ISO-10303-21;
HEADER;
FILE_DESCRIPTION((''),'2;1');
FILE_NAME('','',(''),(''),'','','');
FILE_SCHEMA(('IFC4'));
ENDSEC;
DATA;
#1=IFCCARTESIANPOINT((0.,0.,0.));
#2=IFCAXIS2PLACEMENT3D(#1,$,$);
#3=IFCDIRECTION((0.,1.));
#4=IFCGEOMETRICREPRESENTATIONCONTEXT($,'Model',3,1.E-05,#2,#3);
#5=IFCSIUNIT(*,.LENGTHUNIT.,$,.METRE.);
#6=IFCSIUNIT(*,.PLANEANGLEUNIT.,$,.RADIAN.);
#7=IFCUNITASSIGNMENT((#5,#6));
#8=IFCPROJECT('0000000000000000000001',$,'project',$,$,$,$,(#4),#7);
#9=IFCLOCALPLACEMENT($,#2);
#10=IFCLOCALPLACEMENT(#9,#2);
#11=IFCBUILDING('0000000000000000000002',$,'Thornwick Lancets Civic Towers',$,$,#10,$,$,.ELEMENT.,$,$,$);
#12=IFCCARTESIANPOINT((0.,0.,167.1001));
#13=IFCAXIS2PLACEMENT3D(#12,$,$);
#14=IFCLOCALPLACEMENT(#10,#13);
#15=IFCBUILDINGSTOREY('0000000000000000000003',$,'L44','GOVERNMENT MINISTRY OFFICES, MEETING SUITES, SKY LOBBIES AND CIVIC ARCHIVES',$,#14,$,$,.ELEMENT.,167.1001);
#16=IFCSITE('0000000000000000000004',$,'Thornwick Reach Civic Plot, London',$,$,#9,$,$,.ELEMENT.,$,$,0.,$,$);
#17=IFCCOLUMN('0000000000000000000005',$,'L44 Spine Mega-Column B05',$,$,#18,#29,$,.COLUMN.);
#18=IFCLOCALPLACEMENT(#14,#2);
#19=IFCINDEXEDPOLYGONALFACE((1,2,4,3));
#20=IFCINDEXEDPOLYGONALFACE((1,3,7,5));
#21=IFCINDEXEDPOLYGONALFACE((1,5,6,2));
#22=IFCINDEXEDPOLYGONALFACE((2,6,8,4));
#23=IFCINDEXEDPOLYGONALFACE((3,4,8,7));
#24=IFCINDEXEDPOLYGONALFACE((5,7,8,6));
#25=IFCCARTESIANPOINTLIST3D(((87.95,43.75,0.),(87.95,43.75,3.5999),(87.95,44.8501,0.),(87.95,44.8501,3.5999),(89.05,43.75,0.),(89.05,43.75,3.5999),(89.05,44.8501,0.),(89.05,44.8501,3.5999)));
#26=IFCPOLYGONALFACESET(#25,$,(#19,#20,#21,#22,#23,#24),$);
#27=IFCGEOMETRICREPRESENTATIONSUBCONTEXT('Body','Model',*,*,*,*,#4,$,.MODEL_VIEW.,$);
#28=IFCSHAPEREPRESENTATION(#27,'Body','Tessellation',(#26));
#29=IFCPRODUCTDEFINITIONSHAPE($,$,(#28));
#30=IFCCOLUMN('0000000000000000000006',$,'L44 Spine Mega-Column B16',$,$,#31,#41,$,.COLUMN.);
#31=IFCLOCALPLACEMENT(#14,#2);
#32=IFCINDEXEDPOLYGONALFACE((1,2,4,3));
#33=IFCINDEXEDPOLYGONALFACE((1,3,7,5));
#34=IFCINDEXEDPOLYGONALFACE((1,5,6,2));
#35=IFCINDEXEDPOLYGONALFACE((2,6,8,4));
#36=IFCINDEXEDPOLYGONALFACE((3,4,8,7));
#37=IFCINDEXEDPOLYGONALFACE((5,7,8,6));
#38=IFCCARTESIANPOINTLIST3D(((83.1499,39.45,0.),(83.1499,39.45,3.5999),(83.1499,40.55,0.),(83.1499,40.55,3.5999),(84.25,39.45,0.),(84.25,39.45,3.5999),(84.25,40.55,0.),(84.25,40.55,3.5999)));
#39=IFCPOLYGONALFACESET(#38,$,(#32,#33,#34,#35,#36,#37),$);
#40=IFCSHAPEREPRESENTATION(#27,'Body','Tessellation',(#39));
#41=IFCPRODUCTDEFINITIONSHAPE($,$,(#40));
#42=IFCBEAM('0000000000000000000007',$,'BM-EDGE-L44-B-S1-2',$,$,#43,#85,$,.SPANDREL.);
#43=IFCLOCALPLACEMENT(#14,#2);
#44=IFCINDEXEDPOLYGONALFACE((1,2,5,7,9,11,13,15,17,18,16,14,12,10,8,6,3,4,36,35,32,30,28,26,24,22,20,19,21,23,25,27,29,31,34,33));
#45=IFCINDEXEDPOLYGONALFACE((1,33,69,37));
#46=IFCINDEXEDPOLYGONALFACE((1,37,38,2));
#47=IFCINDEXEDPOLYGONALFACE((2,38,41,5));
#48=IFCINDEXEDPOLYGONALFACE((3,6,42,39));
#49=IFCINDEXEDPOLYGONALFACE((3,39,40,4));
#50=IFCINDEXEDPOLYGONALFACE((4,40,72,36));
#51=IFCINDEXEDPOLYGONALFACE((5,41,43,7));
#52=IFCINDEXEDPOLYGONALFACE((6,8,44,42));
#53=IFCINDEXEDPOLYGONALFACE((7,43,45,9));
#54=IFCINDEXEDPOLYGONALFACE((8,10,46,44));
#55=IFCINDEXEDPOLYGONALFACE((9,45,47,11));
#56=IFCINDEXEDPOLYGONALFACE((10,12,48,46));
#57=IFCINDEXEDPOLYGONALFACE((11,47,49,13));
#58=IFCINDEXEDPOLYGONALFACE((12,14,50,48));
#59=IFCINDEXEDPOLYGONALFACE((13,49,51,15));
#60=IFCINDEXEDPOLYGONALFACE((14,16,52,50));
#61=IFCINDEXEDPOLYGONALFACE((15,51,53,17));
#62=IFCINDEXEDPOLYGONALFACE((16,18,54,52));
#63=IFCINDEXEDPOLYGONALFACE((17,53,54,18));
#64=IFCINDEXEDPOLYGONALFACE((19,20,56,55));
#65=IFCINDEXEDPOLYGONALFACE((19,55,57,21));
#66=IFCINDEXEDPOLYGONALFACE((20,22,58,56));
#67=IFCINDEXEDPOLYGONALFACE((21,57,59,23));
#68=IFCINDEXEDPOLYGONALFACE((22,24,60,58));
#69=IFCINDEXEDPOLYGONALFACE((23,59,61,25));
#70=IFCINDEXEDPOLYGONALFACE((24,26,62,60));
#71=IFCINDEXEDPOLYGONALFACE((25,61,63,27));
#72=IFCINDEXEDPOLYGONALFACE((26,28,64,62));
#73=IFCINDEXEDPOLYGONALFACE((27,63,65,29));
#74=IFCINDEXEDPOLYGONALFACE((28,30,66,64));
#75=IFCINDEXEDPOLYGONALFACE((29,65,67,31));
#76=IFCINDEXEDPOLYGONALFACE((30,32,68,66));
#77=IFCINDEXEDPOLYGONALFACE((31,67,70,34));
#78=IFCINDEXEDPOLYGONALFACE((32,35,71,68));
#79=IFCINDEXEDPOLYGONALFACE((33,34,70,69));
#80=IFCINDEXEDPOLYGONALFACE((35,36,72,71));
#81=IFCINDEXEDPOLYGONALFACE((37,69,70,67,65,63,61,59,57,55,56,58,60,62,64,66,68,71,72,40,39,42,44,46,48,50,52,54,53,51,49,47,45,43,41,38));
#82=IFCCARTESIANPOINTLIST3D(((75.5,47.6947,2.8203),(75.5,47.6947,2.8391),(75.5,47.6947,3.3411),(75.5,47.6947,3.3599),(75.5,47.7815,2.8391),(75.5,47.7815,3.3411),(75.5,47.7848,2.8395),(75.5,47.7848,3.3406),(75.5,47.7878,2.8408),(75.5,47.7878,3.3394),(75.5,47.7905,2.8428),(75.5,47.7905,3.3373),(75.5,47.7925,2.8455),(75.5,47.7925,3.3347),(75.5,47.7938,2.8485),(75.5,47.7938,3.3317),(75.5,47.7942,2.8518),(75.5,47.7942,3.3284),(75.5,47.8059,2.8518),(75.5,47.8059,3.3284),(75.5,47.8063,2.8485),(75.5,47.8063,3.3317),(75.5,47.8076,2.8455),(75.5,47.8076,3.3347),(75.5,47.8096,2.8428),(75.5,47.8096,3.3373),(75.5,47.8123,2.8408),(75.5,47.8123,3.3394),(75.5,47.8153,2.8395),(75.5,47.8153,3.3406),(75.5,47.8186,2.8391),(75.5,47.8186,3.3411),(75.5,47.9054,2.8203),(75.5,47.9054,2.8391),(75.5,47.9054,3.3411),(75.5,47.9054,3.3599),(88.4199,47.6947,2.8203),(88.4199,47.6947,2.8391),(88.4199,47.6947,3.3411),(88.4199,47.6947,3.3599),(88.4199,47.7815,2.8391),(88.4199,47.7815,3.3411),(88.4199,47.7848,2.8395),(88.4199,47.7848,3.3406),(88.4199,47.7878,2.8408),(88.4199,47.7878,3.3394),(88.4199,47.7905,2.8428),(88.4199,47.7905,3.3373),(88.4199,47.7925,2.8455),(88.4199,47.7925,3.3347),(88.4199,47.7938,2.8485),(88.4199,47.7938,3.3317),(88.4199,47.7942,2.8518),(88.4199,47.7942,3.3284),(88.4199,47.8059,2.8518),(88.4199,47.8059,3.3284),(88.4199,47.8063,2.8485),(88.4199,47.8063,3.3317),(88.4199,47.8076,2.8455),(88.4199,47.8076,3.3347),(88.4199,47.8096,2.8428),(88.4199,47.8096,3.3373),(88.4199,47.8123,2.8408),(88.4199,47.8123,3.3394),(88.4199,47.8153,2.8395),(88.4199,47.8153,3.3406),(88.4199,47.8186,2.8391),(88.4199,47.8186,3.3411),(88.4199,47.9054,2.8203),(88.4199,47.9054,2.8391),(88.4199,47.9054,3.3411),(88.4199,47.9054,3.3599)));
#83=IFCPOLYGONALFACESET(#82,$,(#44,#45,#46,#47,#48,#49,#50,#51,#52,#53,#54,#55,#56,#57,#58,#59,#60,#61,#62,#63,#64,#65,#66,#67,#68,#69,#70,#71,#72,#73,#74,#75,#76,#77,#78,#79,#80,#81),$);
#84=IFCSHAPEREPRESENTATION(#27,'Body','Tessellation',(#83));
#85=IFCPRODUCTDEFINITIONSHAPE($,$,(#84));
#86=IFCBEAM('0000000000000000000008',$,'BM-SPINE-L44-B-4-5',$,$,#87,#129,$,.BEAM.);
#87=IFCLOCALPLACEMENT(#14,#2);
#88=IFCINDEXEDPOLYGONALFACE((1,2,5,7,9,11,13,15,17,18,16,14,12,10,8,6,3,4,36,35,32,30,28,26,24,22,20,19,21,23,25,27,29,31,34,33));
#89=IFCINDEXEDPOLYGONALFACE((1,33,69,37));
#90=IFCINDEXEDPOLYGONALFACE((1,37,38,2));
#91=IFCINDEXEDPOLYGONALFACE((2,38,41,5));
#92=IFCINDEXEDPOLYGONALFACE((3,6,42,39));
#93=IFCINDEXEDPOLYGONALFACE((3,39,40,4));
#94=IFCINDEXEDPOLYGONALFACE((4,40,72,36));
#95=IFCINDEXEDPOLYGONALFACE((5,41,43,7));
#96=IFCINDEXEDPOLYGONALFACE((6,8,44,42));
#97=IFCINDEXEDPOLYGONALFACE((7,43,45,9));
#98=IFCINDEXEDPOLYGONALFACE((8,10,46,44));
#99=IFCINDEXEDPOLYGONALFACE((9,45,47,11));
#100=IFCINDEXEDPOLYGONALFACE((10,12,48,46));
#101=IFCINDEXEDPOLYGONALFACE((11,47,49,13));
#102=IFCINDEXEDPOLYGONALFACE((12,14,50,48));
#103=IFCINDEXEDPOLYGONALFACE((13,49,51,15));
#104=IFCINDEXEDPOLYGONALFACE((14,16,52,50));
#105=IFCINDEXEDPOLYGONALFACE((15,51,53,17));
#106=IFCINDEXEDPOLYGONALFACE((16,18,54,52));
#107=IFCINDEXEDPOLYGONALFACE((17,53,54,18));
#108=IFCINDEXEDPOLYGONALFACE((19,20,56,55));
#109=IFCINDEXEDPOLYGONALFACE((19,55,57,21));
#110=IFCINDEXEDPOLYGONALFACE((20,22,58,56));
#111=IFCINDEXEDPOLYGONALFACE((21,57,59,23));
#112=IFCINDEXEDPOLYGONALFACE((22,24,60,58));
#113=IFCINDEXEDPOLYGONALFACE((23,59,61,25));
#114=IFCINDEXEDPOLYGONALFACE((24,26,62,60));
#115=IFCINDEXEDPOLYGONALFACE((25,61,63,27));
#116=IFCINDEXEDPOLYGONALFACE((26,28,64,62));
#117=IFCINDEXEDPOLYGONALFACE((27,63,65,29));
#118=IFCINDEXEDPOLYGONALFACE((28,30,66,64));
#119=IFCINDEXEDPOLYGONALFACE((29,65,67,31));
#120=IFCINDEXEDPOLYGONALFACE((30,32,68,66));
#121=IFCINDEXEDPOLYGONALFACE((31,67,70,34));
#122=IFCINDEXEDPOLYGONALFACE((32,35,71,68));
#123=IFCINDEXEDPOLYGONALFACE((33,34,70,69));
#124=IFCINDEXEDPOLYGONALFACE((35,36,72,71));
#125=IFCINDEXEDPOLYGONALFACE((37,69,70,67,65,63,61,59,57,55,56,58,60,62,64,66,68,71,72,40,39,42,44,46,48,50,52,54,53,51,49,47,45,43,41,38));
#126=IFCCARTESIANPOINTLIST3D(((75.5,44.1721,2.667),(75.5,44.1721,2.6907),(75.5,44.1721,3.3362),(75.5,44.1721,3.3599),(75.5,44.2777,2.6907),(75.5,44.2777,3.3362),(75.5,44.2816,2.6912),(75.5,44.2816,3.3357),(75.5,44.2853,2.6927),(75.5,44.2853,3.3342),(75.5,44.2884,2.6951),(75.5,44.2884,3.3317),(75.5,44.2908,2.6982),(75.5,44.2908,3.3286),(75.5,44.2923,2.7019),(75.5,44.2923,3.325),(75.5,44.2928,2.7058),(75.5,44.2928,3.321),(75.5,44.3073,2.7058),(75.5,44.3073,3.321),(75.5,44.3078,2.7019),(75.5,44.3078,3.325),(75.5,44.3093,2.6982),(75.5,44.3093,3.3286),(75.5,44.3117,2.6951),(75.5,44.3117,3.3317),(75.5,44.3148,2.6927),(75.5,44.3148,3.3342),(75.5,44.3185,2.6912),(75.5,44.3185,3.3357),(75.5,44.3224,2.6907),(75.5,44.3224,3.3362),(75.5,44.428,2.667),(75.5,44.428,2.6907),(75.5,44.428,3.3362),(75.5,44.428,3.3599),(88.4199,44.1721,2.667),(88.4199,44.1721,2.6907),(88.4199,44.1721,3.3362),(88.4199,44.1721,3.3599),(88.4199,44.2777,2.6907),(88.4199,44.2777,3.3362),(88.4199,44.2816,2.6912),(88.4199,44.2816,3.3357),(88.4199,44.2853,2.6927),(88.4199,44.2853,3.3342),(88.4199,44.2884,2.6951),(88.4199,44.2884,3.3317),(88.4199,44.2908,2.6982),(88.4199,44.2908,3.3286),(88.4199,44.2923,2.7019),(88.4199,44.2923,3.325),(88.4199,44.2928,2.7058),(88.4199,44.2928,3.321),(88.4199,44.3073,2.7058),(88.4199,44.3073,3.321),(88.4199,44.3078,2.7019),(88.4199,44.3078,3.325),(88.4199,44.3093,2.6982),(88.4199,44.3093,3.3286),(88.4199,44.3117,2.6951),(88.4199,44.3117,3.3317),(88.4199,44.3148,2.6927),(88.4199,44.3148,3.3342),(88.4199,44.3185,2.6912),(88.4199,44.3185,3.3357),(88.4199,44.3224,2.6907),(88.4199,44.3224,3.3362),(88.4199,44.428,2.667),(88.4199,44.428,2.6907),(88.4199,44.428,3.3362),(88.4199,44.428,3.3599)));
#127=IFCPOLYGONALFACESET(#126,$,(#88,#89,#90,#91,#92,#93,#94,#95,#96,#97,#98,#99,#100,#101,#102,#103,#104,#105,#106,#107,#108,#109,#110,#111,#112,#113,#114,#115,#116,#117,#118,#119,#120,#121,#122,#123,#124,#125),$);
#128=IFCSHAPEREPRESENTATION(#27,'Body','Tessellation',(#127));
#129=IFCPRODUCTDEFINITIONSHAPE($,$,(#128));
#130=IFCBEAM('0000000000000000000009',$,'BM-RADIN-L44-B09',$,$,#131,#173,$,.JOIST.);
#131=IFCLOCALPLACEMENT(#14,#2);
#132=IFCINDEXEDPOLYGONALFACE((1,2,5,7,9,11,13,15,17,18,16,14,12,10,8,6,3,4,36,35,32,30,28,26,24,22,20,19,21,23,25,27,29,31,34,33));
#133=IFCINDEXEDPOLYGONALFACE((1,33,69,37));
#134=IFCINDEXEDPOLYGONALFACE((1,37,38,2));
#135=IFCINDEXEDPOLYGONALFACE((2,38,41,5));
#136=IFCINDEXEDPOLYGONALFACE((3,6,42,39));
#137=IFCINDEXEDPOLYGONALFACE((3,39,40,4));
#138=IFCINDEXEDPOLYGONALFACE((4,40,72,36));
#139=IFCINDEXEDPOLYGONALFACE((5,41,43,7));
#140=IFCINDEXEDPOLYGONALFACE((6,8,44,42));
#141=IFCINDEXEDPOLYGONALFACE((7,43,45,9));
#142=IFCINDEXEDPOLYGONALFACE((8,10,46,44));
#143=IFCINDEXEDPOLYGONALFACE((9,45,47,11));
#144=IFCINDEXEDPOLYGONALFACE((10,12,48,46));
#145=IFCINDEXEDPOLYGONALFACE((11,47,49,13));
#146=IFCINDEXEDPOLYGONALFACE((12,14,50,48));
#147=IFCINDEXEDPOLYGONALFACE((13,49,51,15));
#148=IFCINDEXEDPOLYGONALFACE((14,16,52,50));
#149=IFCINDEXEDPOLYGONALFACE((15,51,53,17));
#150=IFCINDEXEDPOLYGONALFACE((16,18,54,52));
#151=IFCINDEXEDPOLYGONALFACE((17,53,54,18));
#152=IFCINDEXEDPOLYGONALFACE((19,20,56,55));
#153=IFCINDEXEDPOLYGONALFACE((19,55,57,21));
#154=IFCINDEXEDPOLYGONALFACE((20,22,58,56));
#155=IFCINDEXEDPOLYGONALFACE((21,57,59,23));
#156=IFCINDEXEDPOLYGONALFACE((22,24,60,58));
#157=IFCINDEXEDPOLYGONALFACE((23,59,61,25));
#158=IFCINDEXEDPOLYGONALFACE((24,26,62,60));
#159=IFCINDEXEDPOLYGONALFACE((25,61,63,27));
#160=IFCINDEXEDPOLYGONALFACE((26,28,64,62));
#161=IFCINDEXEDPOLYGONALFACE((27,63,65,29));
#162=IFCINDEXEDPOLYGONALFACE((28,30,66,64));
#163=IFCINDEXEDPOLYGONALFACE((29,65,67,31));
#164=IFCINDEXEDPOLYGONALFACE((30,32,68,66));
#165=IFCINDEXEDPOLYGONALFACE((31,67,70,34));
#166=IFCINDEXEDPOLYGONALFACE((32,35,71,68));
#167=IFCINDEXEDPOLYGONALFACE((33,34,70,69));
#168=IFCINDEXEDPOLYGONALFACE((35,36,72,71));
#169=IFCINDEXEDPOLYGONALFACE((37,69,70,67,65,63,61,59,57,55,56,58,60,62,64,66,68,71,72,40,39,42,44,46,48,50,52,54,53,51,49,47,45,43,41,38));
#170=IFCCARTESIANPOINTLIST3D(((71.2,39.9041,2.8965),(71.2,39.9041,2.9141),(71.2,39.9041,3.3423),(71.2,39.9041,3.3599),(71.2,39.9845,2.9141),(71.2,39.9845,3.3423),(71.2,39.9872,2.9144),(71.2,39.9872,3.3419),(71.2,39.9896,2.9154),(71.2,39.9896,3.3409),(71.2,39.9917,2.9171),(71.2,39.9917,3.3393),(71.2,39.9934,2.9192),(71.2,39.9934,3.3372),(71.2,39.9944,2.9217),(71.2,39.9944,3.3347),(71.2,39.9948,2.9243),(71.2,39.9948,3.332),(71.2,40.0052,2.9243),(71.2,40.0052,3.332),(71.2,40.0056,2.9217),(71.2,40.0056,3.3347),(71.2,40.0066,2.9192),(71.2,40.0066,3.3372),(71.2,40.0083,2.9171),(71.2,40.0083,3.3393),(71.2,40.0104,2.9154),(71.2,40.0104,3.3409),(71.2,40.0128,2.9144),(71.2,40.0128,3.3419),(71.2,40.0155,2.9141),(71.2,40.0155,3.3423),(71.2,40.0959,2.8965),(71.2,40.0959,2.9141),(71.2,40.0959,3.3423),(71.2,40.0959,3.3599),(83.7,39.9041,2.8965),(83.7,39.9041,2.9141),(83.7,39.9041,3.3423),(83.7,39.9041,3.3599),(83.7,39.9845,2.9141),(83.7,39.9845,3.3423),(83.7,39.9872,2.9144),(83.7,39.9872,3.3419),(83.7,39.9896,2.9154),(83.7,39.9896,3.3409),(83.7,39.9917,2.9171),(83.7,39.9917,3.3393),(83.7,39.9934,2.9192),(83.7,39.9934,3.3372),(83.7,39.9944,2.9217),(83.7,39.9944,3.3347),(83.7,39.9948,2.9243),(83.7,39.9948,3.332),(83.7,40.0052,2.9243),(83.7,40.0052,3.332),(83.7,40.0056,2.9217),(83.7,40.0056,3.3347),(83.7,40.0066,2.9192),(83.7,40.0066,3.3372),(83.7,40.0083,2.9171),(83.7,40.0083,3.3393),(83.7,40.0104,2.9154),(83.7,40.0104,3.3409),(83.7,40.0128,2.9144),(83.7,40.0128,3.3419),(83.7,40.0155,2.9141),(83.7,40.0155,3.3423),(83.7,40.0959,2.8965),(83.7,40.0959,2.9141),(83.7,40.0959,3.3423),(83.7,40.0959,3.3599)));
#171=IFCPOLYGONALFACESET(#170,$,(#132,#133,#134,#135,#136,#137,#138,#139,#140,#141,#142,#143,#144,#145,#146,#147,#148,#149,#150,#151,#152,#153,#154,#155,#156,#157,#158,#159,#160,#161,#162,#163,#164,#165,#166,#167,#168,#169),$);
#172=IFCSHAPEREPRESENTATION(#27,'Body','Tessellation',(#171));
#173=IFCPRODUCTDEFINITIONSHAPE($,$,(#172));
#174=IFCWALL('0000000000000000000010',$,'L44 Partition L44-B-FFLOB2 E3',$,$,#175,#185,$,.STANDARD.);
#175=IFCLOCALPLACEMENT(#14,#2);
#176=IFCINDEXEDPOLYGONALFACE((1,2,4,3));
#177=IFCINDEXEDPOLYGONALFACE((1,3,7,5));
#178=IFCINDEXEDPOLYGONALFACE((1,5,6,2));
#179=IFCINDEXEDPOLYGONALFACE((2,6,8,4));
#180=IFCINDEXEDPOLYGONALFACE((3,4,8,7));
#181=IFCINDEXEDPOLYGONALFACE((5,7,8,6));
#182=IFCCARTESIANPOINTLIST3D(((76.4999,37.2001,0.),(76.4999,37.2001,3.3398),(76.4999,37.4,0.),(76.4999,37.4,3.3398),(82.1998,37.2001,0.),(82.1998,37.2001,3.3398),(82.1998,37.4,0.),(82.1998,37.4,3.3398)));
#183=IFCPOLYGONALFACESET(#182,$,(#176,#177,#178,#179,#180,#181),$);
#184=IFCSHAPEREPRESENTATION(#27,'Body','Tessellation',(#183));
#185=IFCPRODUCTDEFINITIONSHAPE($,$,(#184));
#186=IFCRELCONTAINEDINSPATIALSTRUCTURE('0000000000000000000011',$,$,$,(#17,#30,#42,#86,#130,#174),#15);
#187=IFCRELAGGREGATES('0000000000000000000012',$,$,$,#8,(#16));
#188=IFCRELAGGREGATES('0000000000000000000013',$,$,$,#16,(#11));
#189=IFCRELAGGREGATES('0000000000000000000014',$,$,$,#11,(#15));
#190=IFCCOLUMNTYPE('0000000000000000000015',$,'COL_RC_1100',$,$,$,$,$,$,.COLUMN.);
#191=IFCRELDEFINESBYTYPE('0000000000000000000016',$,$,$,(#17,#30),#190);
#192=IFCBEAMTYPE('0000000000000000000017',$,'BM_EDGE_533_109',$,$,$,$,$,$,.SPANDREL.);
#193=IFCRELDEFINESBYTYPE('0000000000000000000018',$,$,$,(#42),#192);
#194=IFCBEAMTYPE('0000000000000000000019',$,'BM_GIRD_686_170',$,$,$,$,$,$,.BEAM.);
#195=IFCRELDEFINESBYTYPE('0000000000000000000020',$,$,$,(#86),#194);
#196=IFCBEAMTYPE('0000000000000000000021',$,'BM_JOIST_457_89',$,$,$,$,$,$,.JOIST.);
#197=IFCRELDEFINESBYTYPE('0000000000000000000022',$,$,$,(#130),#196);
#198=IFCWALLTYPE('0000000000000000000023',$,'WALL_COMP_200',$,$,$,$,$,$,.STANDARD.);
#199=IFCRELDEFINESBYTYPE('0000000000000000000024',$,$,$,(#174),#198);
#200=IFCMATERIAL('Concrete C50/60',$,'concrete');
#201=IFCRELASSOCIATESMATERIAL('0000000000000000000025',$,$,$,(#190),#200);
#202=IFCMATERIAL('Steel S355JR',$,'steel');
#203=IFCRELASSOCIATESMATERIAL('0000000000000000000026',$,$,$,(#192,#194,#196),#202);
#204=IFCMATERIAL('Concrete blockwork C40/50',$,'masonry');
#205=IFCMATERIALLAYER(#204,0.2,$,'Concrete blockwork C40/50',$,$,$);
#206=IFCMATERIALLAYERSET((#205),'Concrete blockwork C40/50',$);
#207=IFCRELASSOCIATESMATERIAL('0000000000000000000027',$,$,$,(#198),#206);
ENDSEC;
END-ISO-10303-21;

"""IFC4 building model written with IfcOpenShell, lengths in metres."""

from ifc_helpers import new_model, si_unit, direction, frame, frame_2d, origin, origin_2d, place, context, subcontext, project, spatial, rectangle, i_section, extrude, material, layer, layer_set, material_profile, profile_set, type_object, element, save


model = new_model("IFC4")

# Units and contexts
model_context = context("Model", 3, precision=1e-05, world=origin(), true_north=direction((0.0, 1.0)))
body_context = subcontext(model_context, "Body", "Model", "MODEL_VIEW")
ifc_project = project(units=[si_unit("LENGTHUNIT", "METRE"), si_unit("PLANEANGLEUNIT", "RADIAN")], contexts=[model_context])

# Site, building, storey
site_placement = place(None, origin())
site = spatial("IfcSite", under=ifc_project, at=site_placement, Name="Thornwick Reach Civic Plot, London", CompositionType="ELEMENT", RefElevation=0.0)
building_placement = place(site_placement, origin())
building = spatial("IfcBuilding", under=site, at=building_placement, Name="Thornwick Lancets Civic Towers", CompositionType="ELEMENT")
storey_placement = place(building_placement, frame((0.0, 0.0, 167.1001)))
storey = spatial("IfcBuildingStorey", under=building, at=storey_placement, Name="L44", Description="GOVERNMENT MINISTRY OFFICES, MEETING SUITES, SKY LOBBIES AND CIVIC ARCHIVES", CompositionType="ELEMENT", Elevation=167.1001)

# Columns
ifc_material_1 = material(Name="Concrete C50/60", Category="concrete")
ifc_material_profile_1 = material_profile(ifc_material_1, rectangle(XDim=1.1001, YDim=1.1001, at=origin_2d()), Name="RC 1100x1100")
ifc_profile_set_1 = profile_set([ifc_material_profile_1], Name="Concrete C50/60")
column_type = type_object("IfcColumnType", Name="COL_RC_1100", PredefinedType="COLUMN", material=ifc_profile_set_1)
for number, where, z_axis, x_axis, name in (
    (1, (88.5, 44.3, 0.0), (0.0, 0.0, 1.0), (1.0, 0.0, 0.0), "L44 Spine Mega-Column B05"),
    (2, (83.7, 40.0, 0.0), (0.0, 0.0, 1.0), (1.0, 0.0, 0.0), "L44 Spine Mega-Column B16"),
):
    element("IfcColumn", number, at=place(storey_placement, frame(where, z_axis=z_axis, x_axis=x_axis)), inside=storey, type_object=column_type, Name=name, PredefinedType="COLUMN", context=body_context, shape_type="SweptSolid", body=[
        extrude(rectangle(XDim=1.1001, YDim=1.1001, at=origin_2d()), origin(), (0.0, 0.0, 1.0), 3.5999),
    ])

# Beams
ifc_material_2 = material(Name="Steel S355JR", Category="steel")
ifc_material_profile_2 = material_profile(ifc_material_2, i_section(OverallWidth=0.2107, OverallDepth=0.5396, WebThickness=0.0117, FlangeThickness=0.0188, FilletRadius=0.0127, at=origin_2d()), Name="UKB 533x210x109")
ifc_profile_set_2 = profile_set([ifc_material_profile_2], Name="Steel S355JR")
beam_type_1 = type_object("IfcBeamType", Name="BM_EDGE_533_109", PredefinedType="SPANDREL", material=ifc_profile_set_2)
beam_1_placement = place(storey_placement, frame((88.4199, 47.8, 3.0901), z_axis=(-1.0, 0.0, 0.0), x_axis=(0.0, -1.0, 0.0)))
element("IfcBeam", 3, at=beam_1_placement, inside=storey, type_object=beam_type_1, Name="BM-EDGE-L44-B-S1-2", PredefinedType="SPANDREL", context=body_context, shape_type="SweptSolid", body=[
    extrude(i_section(OverallWidth=0.2107, OverallDepth=0.5396, WebThickness=0.0117, FlangeThickness=0.0188, FilletRadius=0.0127, at=origin_2d()), origin(), (0.0, 0.0, 1.0), 12.9199),
])
ifc_material_profile_3 = material_profile(ifc_material_2, i_section(OverallWidth=0.2559, OverallDepth=0.6929, WebThickness=0.0144, FlangeThickness=0.0237, FilletRadius=0.0151, at=origin_2d()), Name="UKB 686x254x170")
ifc_profile_set_3 = profile_set([ifc_material_profile_3], Name="Steel S355JR")
beam_type_2 = type_object("IfcBeamType", Name="BM_GIRD_686_170", PredefinedType="BEAM", material=ifc_profile_set_3)
beam_2_placement = place(storey_placement, frame((88.4199, 44.3, 3.0134), z_axis=(-1.0, 0.0, 0.0), x_axis=(0.0, -1.0, 0.0)))
element("IfcBeam", 4, at=beam_2_placement, inside=storey, type_object=beam_type_2, Name="BM-SPINE-L44-B-4-5", PredefinedType="BEAM", context=body_context, shape_type="SweptSolid", body=[
    extrude(i_section(OverallWidth=0.2559, OverallDepth=0.6929, WebThickness=0.0144, FlangeThickness=0.0237, FilletRadius=0.0151, at=origin_2d()), origin(), (0.0, 0.0, 1.0), 12.9199),
])
ifc_material_profile_4 = material_profile(ifc_material_2, i_section(OverallWidth=0.1919, OverallDepth=0.4634, WebThickness=0.0105, FlangeThickness=0.0176, FilletRadius=0.0103, at=origin_2d()), Name="UKB 457x191x89")
ifc_profile_set_4 = profile_set([ifc_material_profile_4], Name="Steel S355JR")
beam_type_3 = type_object("IfcBeamType", Name="BM_JOIST_457_89", PredefinedType="JOIST", material=ifc_profile_set_4)
beam_3_placement = place(storey_placement, frame((83.7, 40.0, 3.1282), z_axis=(-1.0, 0.0, 0.0), x_axis=(0.0, -1.0, 0.0)))
element("IfcBeam", 5, at=beam_3_placement, inside=storey, type_object=beam_type_3, Name="BM-RADIN-L44-B09", PredefinedType="JOIST", context=body_context, shape_type="SweptSolid", body=[
    extrude(i_section(OverallWidth=0.1919, OverallDepth=0.4634, WebThickness=0.0105, FlangeThickness=0.0176, FilletRadius=0.0103, at=origin_2d()), origin(), (0.0, 0.0, 1.0), 12.5),
])

# Wall
ifc_material_3 = material(Name="Concrete blockwork C40/50", Category="masonry")
ifc_layer_1 = layer(ifc_material_3, 0.2, Name="Concrete blockwork C40/50")
ifc_layer_set_1 = layer_set([ifc_layer_1], Name="Concrete blockwork C40/50")
wall_type_1 = type_object("IfcWallType", Name="WALL_COMP_200", PredefinedType="STANDARD", material=ifc_layer_set_1)
wall_1_placement = place(storey_placement, frame((82.2, 37.3, 0.0), z_axis=(0.0, 0.0, 1.0), x_axis=(-1.0, 0.0, 0.0)))
element("IfcWall", 6, at=wall_1_placement, inside=storey, type_object=wall_type_1, Name="L44 Partition L44-B-FFLOB2 E3", PredefinedType="STANDARD", context=body_context, shape_type="SweptSolid", body=[
    extrude(rectangle(XDim=5.7, YDim=0.2, at=frame_2d((2.8501, 0.0))), origin(), (0.0, 0.0, 1.0), 3.3398),
])

save(model, "model.ifc")
